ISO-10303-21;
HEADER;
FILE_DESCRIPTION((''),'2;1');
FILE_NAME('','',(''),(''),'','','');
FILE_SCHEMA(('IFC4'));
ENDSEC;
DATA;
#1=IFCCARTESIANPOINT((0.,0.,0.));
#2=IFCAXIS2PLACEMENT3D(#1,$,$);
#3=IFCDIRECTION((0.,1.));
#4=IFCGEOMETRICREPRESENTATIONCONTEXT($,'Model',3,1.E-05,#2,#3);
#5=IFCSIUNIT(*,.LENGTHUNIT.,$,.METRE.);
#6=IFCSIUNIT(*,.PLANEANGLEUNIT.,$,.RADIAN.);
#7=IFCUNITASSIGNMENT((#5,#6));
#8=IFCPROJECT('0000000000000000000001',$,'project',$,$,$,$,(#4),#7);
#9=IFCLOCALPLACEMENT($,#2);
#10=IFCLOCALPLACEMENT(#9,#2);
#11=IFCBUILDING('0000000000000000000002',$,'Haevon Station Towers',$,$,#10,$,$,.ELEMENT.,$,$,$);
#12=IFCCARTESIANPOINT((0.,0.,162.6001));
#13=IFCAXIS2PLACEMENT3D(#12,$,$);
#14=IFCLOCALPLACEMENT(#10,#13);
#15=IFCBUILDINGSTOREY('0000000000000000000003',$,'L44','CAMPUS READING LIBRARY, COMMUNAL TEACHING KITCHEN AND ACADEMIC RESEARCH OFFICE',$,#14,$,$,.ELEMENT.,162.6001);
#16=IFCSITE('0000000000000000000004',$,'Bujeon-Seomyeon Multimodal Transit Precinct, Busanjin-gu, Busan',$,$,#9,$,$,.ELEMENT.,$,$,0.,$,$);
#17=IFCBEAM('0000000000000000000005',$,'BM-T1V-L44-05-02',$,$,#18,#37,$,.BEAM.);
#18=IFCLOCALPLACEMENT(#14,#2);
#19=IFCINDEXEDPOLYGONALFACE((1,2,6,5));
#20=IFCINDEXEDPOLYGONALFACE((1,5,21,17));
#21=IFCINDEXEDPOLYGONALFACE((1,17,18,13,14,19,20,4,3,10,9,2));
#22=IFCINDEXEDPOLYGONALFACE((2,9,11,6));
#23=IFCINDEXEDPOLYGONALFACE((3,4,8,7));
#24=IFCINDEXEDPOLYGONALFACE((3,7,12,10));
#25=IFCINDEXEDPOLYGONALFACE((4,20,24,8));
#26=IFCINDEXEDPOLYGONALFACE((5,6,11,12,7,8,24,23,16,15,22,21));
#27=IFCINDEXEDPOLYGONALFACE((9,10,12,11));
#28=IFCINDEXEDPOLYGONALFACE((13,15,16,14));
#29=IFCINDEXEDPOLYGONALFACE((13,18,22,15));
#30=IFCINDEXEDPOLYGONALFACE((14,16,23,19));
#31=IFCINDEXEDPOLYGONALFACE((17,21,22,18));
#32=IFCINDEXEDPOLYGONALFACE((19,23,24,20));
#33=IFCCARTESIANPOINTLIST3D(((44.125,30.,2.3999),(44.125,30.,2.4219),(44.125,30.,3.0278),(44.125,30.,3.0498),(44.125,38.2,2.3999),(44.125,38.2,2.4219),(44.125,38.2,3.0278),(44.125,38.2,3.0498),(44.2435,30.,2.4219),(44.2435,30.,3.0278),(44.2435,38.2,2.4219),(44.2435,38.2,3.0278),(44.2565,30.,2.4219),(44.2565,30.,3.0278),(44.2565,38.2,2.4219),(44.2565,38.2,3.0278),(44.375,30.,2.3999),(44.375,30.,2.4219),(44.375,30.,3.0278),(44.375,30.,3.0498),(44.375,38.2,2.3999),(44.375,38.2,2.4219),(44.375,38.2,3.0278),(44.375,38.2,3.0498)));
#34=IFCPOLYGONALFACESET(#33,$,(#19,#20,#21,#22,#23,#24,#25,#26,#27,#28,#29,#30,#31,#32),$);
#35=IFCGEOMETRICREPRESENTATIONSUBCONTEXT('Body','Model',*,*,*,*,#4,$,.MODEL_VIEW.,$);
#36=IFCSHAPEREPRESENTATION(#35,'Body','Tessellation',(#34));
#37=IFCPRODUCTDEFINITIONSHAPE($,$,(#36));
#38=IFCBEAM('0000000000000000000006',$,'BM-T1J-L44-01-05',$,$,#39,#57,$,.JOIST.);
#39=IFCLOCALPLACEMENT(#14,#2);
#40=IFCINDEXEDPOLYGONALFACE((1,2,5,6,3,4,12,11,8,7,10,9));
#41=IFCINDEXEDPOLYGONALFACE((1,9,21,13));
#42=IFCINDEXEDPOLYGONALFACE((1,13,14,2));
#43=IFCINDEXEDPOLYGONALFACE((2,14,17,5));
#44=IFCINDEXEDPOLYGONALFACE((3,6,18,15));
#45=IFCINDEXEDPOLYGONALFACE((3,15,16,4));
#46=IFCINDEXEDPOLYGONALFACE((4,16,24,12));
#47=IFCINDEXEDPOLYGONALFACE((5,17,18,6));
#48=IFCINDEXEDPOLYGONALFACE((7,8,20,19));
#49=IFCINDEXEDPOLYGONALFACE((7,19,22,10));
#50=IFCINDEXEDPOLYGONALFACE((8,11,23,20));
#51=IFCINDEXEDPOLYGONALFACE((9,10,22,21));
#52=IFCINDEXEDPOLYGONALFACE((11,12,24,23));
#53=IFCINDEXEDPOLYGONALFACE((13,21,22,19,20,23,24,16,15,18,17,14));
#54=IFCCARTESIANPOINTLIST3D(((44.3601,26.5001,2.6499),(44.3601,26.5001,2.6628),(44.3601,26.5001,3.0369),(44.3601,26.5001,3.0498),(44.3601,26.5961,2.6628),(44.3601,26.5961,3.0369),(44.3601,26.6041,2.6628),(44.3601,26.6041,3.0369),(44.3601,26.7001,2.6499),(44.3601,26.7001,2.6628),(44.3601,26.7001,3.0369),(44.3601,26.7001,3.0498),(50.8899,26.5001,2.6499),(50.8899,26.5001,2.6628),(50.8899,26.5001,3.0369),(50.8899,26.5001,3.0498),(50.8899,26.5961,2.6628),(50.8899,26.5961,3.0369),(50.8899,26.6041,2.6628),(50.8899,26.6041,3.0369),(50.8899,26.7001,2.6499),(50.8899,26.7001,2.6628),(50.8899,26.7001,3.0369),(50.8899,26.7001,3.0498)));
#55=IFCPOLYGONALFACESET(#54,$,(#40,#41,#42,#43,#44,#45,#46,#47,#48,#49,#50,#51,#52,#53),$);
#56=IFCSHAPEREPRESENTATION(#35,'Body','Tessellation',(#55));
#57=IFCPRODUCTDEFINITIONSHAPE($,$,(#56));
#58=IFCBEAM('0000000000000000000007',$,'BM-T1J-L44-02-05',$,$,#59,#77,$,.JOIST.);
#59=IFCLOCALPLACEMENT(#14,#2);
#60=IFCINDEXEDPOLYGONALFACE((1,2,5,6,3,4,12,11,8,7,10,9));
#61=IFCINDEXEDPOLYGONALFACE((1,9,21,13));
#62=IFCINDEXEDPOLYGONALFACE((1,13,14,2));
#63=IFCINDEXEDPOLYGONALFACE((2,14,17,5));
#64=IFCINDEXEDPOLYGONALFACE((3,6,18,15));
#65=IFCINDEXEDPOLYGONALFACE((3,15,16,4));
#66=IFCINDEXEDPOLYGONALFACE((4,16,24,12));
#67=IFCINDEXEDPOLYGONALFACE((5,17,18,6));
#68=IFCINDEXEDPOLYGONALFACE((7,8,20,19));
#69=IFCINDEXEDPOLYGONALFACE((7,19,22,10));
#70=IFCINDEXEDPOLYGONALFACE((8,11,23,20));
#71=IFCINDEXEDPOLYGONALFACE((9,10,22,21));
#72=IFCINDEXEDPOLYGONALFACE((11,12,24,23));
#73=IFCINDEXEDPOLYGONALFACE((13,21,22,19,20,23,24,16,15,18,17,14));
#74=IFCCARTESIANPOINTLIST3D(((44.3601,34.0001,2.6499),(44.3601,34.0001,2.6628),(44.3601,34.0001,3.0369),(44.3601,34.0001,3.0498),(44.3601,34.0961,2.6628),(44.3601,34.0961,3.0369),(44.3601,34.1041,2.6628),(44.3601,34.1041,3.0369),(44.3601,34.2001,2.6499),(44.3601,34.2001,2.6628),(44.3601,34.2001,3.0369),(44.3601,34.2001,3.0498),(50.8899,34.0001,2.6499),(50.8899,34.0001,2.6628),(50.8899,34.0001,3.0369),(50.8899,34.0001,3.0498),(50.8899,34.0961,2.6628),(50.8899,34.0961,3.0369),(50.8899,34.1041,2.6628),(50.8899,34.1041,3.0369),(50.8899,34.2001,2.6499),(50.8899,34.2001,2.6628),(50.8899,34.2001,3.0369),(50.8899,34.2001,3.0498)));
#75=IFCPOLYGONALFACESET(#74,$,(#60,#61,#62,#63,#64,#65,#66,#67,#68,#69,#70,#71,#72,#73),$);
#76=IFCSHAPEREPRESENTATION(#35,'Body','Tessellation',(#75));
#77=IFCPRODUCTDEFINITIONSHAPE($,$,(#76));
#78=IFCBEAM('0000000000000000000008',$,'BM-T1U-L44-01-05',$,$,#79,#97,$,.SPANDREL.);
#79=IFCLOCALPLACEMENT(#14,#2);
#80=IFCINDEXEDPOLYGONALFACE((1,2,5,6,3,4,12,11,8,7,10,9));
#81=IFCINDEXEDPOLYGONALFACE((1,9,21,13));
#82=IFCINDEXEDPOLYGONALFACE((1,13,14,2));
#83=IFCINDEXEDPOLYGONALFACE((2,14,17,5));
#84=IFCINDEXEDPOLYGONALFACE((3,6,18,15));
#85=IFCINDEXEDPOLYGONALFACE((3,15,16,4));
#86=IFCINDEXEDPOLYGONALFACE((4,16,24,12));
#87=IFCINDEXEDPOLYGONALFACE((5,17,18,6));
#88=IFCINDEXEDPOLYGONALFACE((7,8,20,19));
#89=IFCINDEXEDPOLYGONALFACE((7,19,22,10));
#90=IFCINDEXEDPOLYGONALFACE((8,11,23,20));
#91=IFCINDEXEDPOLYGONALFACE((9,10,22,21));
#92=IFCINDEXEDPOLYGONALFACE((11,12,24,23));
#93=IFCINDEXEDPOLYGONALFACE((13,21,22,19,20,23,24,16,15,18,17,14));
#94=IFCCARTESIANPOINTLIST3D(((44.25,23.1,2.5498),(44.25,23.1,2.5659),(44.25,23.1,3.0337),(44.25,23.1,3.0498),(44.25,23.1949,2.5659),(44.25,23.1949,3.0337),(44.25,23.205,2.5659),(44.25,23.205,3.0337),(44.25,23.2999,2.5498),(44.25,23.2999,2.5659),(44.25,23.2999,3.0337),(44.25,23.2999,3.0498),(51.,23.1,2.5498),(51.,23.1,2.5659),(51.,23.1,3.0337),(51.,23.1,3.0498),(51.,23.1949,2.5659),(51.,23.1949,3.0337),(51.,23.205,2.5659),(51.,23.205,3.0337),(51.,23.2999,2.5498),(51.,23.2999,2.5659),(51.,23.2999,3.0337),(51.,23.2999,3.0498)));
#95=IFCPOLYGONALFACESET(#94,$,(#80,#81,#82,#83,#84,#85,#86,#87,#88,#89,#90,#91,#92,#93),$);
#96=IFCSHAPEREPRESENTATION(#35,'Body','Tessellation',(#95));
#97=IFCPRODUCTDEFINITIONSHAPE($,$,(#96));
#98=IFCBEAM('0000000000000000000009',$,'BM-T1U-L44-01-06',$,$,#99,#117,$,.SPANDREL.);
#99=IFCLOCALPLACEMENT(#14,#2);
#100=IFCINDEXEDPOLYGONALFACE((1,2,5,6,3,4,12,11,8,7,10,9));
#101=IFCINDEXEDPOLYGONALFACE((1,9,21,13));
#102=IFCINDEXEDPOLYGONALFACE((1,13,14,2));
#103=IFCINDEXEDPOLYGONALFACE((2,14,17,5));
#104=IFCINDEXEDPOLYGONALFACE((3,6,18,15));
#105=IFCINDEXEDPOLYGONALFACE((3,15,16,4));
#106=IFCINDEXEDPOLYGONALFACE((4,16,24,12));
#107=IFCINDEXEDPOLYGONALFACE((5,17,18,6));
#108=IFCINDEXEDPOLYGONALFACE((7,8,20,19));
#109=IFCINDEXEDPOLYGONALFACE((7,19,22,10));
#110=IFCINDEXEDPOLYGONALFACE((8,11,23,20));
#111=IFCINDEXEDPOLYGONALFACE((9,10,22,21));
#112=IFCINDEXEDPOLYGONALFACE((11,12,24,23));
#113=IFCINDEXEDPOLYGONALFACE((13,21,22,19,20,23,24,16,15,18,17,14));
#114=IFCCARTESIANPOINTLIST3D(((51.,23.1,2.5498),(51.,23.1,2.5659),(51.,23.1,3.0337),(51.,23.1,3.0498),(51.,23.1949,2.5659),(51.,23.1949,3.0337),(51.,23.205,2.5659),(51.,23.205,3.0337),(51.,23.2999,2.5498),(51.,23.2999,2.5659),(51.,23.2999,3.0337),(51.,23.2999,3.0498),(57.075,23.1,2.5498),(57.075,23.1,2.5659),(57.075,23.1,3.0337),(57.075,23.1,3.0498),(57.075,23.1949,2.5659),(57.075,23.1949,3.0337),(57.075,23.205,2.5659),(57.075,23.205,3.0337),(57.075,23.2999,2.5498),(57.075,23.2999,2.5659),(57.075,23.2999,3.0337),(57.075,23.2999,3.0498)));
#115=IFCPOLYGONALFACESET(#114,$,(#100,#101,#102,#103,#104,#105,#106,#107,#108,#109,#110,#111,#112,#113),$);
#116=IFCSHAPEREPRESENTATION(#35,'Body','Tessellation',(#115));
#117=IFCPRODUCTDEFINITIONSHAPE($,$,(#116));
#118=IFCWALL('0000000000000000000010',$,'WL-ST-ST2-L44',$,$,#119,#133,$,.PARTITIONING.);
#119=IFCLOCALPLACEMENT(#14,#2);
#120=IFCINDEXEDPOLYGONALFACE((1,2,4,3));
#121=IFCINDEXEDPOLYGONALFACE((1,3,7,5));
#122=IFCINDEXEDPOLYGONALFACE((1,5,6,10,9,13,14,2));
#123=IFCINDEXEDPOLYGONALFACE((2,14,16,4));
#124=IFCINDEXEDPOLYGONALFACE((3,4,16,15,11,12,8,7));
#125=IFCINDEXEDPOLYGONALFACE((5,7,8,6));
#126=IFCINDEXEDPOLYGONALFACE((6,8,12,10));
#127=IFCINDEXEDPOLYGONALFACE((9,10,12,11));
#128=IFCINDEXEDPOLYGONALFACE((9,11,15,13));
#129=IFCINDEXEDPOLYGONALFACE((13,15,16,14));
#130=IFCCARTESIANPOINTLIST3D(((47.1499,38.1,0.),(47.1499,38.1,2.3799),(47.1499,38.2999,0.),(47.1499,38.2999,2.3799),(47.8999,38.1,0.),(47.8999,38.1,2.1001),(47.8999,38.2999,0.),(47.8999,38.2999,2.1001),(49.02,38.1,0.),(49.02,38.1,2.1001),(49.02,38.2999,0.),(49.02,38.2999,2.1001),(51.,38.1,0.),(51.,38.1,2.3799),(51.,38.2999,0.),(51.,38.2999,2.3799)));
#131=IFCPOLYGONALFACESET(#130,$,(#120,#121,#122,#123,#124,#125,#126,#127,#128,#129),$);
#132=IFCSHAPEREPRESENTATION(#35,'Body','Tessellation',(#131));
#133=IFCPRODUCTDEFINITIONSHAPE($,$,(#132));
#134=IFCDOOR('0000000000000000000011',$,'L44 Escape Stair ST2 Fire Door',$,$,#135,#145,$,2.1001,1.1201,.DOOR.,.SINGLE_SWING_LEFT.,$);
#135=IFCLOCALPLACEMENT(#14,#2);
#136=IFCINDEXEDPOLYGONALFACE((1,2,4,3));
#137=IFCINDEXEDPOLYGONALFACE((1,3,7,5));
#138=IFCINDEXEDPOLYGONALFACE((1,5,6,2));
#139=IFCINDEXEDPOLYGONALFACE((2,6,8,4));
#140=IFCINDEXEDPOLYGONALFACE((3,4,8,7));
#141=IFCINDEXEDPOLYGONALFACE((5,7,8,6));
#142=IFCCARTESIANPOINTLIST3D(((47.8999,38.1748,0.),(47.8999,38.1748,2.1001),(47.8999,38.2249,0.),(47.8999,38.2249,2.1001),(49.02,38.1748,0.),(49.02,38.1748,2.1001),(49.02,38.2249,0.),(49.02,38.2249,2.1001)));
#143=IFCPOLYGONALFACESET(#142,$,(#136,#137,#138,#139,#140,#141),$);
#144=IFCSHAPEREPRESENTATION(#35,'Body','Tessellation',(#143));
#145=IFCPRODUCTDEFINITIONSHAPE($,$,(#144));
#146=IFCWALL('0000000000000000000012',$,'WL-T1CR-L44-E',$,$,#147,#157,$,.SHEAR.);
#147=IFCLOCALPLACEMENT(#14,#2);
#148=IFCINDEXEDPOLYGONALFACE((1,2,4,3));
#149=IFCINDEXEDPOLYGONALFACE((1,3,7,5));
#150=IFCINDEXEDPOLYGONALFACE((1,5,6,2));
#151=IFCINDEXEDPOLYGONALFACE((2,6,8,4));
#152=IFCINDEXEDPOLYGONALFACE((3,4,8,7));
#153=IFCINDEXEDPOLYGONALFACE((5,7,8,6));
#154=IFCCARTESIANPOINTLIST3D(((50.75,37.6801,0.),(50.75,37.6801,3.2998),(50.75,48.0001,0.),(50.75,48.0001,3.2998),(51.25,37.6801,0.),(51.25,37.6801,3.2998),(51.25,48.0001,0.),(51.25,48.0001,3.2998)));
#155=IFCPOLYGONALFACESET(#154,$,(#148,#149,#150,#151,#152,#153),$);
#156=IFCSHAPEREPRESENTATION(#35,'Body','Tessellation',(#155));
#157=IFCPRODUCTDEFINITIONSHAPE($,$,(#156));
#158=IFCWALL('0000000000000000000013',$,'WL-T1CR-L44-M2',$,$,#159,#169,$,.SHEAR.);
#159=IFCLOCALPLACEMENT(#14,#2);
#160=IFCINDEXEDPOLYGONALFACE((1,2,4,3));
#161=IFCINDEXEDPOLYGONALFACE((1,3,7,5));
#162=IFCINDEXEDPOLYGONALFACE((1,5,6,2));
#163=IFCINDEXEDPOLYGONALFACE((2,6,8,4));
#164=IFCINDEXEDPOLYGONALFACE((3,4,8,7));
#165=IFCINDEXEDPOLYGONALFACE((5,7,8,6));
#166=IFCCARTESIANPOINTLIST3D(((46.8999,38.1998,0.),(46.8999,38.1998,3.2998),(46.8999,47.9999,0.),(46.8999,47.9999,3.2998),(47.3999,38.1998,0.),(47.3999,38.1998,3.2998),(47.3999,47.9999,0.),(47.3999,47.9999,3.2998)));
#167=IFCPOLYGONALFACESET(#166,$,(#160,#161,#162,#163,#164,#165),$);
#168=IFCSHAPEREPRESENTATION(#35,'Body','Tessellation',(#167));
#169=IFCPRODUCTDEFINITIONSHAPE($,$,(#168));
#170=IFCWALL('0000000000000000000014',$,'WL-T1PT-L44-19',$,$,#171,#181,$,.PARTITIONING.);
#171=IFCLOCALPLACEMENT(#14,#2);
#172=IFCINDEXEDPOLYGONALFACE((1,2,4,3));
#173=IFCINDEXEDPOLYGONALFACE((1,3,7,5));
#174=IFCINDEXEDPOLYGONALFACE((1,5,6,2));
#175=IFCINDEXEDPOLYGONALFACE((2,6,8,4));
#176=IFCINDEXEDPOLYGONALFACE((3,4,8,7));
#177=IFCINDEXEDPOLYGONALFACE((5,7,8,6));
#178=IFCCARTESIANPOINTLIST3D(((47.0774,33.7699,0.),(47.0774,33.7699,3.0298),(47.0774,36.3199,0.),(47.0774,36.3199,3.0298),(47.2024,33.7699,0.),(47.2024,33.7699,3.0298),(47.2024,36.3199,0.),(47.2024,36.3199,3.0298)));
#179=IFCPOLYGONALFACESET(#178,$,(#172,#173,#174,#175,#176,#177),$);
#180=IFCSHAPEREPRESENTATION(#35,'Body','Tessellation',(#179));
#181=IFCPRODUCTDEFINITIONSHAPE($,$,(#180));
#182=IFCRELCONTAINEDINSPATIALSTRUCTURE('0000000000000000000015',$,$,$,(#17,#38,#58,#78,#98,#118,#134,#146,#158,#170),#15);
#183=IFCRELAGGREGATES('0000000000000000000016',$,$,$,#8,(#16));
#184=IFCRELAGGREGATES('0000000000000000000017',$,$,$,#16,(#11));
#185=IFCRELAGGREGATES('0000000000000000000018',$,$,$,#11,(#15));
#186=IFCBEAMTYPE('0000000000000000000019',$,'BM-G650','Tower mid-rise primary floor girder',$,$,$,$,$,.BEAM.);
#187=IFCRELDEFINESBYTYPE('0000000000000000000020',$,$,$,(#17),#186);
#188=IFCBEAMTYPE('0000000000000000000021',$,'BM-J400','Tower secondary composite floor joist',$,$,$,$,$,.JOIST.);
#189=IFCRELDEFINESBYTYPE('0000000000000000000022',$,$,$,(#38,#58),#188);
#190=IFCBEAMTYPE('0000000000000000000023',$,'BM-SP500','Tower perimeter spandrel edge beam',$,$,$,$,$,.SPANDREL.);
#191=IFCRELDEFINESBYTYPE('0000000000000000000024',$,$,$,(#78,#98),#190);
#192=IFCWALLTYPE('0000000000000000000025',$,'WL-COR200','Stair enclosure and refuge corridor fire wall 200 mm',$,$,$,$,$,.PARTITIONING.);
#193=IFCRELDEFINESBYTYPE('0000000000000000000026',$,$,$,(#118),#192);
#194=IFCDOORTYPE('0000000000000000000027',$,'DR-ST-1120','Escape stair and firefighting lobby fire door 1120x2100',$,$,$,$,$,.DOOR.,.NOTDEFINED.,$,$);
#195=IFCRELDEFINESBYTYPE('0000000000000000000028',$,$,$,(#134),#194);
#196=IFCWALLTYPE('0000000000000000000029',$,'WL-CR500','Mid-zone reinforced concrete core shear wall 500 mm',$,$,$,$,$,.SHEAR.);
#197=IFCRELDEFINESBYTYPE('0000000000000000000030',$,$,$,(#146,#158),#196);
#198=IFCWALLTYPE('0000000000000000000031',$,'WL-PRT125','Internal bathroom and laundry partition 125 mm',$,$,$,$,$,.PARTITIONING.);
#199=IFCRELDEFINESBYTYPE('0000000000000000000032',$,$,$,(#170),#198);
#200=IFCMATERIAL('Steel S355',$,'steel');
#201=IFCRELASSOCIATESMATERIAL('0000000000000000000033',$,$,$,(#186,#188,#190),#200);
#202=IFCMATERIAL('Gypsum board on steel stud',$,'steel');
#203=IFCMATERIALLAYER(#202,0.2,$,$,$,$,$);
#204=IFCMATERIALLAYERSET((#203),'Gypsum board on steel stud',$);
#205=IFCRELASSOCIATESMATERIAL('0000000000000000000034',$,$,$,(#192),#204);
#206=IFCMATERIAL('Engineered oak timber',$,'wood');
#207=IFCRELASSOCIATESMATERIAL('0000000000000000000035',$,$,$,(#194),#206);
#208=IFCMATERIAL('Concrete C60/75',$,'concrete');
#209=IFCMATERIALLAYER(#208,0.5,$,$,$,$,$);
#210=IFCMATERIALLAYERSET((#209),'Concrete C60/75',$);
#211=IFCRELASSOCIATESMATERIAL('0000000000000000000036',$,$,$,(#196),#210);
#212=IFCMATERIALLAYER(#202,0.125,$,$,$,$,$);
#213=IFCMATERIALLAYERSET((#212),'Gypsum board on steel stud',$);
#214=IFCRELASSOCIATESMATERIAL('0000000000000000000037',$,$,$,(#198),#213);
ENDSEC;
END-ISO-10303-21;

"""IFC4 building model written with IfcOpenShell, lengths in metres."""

from ifc_helpers import new_model, si_unit, direction, frame, frame_2d, origin, origin_2d, place, context, subcontext, project, spatial, rectangle, i_section, extrude, material, layer, layer_set, material_profile, profile_set, type_object, element, fill, save


model = new_model("IFC4")

# Units and contexts
model_context = context("Model", 3, precision=1e-05, world=origin(), true_north=direction((0.0, 1.0)))
body_context = subcontext(model_context, "Body", "Model", "MODEL_VIEW")
ifc_project = project(units=[si_unit("LENGTHUNIT", "METRE"), si_unit("PLANEANGLEUNIT", "RADIAN")], contexts=[model_context])

# Site, building, storey
site_placement = place(None, origin())
site = spatial("IfcSite", under=ifc_project, at=site_placement, Name="Bujeon-Seomyeon Multimodal Transit Precinct, Busanjin-gu, Busan", CompositionType="ELEMENT", RefElevation=0.0)
building_placement = place(site_placement, origin())
building = spatial("IfcBuilding", under=site, at=building_placement, Name="Haevon Station Towers", CompositionType="ELEMENT")
storey_placement = place(building_placement, frame((0.0, 0.0, 162.6001)))
storey = spatial("IfcBuildingStorey", under=building, at=storey_placement, Name="L44", Description="CAMPUS READING LIBRARY, COMMUNAL TEACHING KITCHEN AND ACADEMIC RESEARCH OFFICE", CompositionType="ELEMENT", Elevation=162.6001)

# Shared definitions
ifc_material_1 = material(Name="Steel S355", Category="steel")

# Beams
ifc_material_profile_1 = material_profile(ifc_material_1, i_section(OverallWidth=0.25, OverallDepth=0.6499, WebThickness=0.0129, FlangeThickness=0.022, at=origin_2d()), Name="H-650x250x13x22")
ifc_profile_set_1 = profile_set([ifc_material_profile_1], Name="Steel S355")
beam_type_1 = type_object("IfcBeamType", Name="BM-G650", Description="Tower mid-rise primary floor girder", PredefinedType="BEAM", material=ifc_profile_set_1)
beam_1_placement = place(storey_placement, frame((44.25, 30.0, 2.7249), z_axis=(0.0, 1.0, 0.0), x_axis=(-1.0, 0.0, 0.0)))
element("IfcBeam", 1, at=beam_1_placement, inside=storey, type_object=beam_type_1, Name="BM-T1V-L44-05-02", PredefinedType="BEAM", context=body_context, shape_type="SweptSolid", body=[
    extrude(i_section(OverallWidth=0.25, OverallDepth=0.6499, WebThickness=0.0129, FlangeThickness=0.022, at=origin_2d()), origin(), (0.0, 0.0, 1.0), 8.2),
])
ifc_material_profile_2 = material_profile(ifc_material_1, i_section(OverallWidth=0.2, OverallDepth=0.3999, WebThickness=0.0081, FlangeThickness=0.0129, at=origin_2d()), Name="H-400x200x8x13")
ifc_profile_set_2 = profile_set([ifc_material_profile_2], Name="Steel S355")
beam_type_2 = type_object("IfcBeamType", Name="BM-J400", Description="Tower secondary composite floor joist", PredefinedType="JOIST", material=ifc_profile_set_2)
for number, where, z_axis, x_axis, name in (
    (2, (44.3601, 26.6001, 2.8499), (1.0, 0.0, 0.0), (0.0, 1.0, 0.0), "BM-T1J-L44-01-05"),
    (3, (44.3601, 34.1001, 2.8499), (1.0, 0.0, 0.0), (0.0, 1.0, 0.0), "BM-T1J-L44-02-05"),
):
    element("IfcBeam", number, at=place(storey_placement, frame(where, z_axis=z_axis, x_axis=x_axis)), inside=storey, type_object=beam_type_2, Name=name, PredefinedType="JOIST", context=body_context, shape_type="SweptSolid", body=[
        extrude(i_section(OverallWidth=0.2, OverallDepth=0.3999, WebThickness=0.0081, FlangeThickness=0.0129, at=origin_2d()), origin(), (0.0, 0.0, 1.0), 6.5298),
    ])
ifc_material_profile_3 = material_profile(ifc_material_1, i_section(OverallWidth=0.2, OverallDepth=0.5, WebThickness=0.01, FlangeThickness=0.0161, at=origin_2d()), Name="H-500x200x10x16")
ifc_profile_set_3 = profile_set([ifc_material_profile_3], Name="Steel S355")
beam_type_3 = type_object("IfcBeamType", Name="BM-SP500", Description="Tower perimeter spandrel edge beam", PredefinedType="SPANDREL", material=ifc_profile_set_3)
beam_2_placement = place(storey_placement, frame((44.25, 23.2, 2.7998), z_axis=(1.0, 0.0, 0.0), x_axis=(0.0, 1.0, 0.0)))
element("IfcBeam", 4, at=beam_2_placement, inside=storey, type_object=beam_type_3, Name="BM-T1U-L44-01-05", PredefinedType="SPANDREL", context=body_context, shape_type="SweptSolid", body=[
    extrude(i_section(OverallWidth=0.2, OverallDepth=0.5, WebThickness=0.01, FlangeThickness=0.0161, at=origin_2d()), origin(), (0.0, 0.0, 1.0), 6.75),
])
beam_3_placement = place(storey_placement, frame((51.0, 23.2, 2.7998), z_axis=(1.0, 0.0, 0.0), x_axis=(0.0, 1.0, 0.0)))
element("IfcBeam", 5, at=beam_3_placement, inside=storey, type_object=beam_type_3, Name="BM-T1U-L44-01-06", PredefinedType="SPANDREL", context=body_context, shape_type="SweptSolid", body=[
    extrude(i_section(OverallWidth=0.2, OverallDepth=0.5, WebThickness=0.01, FlangeThickness=0.0161, at=origin_2d()), origin(), (0.0, 0.0, 1.0), 6.075),
])

# Wall, opening, door
ifc_material_2 = material(Name="Gypsum board on steel stud", Category="steel")
ifc_layer_1 = layer(ifc_material_2, 0.2)
ifc_layer_set_1 = layer_set([ifc_layer_1], Name="Gypsum board on steel stud")
wall_type_1 = type_object("IfcWallType", Name="WL-COR200", Description="Stair enclosure and refuge corridor fire wall 200 mm", PredefinedType="PARTITIONING", material=ifc_layer_set_1)
wall_1_placement = place(storey_placement, frame((47.1499, 38.2, 0.0), z_axis=(0.0, 0.0, 1.0), x_axis=(1.0, 0.0, 0.0)))
wall_1 = element("IfcWall", 6, at=wall_1_placement, inside=storey, type_object=wall_type_1, Name="WL-ST-ST2-L44", PredefinedType="PARTITIONING", context=body_context, shape_type="SweptSolid", body=[
    extrude(rectangle(XDim=3.8501, YDim=0.2, at=frame_2d((1.925, 0.0))), origin(), (0.0, 0.0, 1.0), 2.3799),
])
opening_placement = place(wall_1_placement, frame((0.75, 0.0, 0.0)))
opening = element("IfcOpeningElement", 7, at=opening_placement, cuts=wall_1, PredefinedType="OPENING", context=body_context, shape_type="SweptSolid", body=[
    extrude(rectangle(XDim=1.1201, YDim=2.1001, at=frame_2d((0.5601, 1.05))), frame((0.0, 0.1099, 0.0), z_axis=(0.0, -1.0, 0.0), x_axis=(1.0, 0.0, 0.0)), (0.0, 0.0, 1.0), 0.22),
])
ifc_material_3 = material(Name="Engineered oak timber", Category="wood")
door_type = type_object("IfcDoorType", Name="DR-ST-1120", Description="Escape stair and firefighting lobby fire door 1120x2100", OperationType="NOTDEFINED", PredefinedType="DOOR", material=ifc_material_3)
door_placement = place(opening_placement, origin())
door = element("IfcDoor", 8, at=door_placement, inside=storey, type_object=door_type, Name="L44 Escape Stair ST2 Fire Door", OperationType="SINGLE_SWING_LEFT", OverallHeight=2.1001, OverallWidth=1.1201, PredefinedType="DOOR", context=body_context, shape_type="SweptSolid", body=[
    extrude(rectangle(XDim=1.1201, YDim=2.1001, at=frame_2d((0.5601, 1.05))), frame((0.0, 0.0249, 0.0), z_axis=(0.0, -1.0, 0.0), x_axis=(1.0, 0.0, 0.0)), (0.0, 0.0, 1.0), 0.05),
])
fill(opening, door)

# Walls
ifc_material_4 = material(Name="Concrete C60/75", Category="concrete")
ifc_layer_2 = layer(ifc_material_4, 0.5)
ifc_layer_set_2 = layer_set([ifc_layer_2], Name="Concrete C60/75")
wall_type_2 = type_object("IfcWallType", Name="WL-CR500", Description="Mid-zone reinforced concrete core shear wall 500 mm", PredefinedType="SHEAR", material=ifc_layer_set_2)
wall_2_placement = place(storey_placement, frame((51.0, 37.6799, 0.0), z_axis=(0.0, 0.0, 1.0), x_axis=(0.0, 1.0, 0.0)))
element("IfcWall", 9, at=wall_2_placement, inside=storey, type_object=wall_type_2, Name="WL-T1CR-L44-E", PredefinedType="SHEAR", context=body_context, shape_type="SweptSolid", body=[
    extrude(rectangle(XDim=10.3201, YDim=0.5, at=frame_2d((5.1602, 0.0))), origin(), (0.0, 0.0, 1.0), 3.2998),
])
wall_3_placement = place(storey_placement, frame((47.1499, 38.2, 0.0), z_axis=(0.0, 0.0, 1.0), x_axis=(0.0, 1.0, 0.0)))
element("IfcWall", 10, at=wall_3_placement, inside=storey, type_object=wall_type_2, Name="WL-T1CR-L44-M2", PredefinedType="SHEAR", context=body_context, shape_type="SweptSolid", body=[
    extrude(rectangle(XDim=9.8, YDim=0.5, at=frame_2d((4.8999, 0.0))), origin(), (0.0, 0.0, 1.0), 3.2998),
])
ifc_layer_3 = layer(ifc_material_2, 0.125)
ifc_layer_set_3 = layer_set([ifc_layer_3], Name="Gypsum board on steel stud")
wall_type_3 = type_object("IfcWallType", Name="WL-PRT125", Description="Internal bathroom and laundry partition 125 mm", PredefinedType="PARTITIONING", material=ifc_layer_set_3)
wall_4_placement = place(storey_placement, frame((47.1399, 33.77, 0.0), z_axis=(0.0, 0.0, 1.0), x_axis=(0.0, 1.0, 0.0)))
element("IfcWall", 11, at=wall_4_placement, inside=storey, type_object=wall_type_3, Name="WL-T1PT-L44-19", PredefinedType="PARTITIONING", context=body_context, shape_type="SweptSolid", body=[
    extrude(rectangle(XDim=2.55, YDim=0.125, at=frame_2d((1.2749, 0.0))), origin(), (0.0, 0.0, 1.0), 3.0298),
])

save(model, "model.ifc")
